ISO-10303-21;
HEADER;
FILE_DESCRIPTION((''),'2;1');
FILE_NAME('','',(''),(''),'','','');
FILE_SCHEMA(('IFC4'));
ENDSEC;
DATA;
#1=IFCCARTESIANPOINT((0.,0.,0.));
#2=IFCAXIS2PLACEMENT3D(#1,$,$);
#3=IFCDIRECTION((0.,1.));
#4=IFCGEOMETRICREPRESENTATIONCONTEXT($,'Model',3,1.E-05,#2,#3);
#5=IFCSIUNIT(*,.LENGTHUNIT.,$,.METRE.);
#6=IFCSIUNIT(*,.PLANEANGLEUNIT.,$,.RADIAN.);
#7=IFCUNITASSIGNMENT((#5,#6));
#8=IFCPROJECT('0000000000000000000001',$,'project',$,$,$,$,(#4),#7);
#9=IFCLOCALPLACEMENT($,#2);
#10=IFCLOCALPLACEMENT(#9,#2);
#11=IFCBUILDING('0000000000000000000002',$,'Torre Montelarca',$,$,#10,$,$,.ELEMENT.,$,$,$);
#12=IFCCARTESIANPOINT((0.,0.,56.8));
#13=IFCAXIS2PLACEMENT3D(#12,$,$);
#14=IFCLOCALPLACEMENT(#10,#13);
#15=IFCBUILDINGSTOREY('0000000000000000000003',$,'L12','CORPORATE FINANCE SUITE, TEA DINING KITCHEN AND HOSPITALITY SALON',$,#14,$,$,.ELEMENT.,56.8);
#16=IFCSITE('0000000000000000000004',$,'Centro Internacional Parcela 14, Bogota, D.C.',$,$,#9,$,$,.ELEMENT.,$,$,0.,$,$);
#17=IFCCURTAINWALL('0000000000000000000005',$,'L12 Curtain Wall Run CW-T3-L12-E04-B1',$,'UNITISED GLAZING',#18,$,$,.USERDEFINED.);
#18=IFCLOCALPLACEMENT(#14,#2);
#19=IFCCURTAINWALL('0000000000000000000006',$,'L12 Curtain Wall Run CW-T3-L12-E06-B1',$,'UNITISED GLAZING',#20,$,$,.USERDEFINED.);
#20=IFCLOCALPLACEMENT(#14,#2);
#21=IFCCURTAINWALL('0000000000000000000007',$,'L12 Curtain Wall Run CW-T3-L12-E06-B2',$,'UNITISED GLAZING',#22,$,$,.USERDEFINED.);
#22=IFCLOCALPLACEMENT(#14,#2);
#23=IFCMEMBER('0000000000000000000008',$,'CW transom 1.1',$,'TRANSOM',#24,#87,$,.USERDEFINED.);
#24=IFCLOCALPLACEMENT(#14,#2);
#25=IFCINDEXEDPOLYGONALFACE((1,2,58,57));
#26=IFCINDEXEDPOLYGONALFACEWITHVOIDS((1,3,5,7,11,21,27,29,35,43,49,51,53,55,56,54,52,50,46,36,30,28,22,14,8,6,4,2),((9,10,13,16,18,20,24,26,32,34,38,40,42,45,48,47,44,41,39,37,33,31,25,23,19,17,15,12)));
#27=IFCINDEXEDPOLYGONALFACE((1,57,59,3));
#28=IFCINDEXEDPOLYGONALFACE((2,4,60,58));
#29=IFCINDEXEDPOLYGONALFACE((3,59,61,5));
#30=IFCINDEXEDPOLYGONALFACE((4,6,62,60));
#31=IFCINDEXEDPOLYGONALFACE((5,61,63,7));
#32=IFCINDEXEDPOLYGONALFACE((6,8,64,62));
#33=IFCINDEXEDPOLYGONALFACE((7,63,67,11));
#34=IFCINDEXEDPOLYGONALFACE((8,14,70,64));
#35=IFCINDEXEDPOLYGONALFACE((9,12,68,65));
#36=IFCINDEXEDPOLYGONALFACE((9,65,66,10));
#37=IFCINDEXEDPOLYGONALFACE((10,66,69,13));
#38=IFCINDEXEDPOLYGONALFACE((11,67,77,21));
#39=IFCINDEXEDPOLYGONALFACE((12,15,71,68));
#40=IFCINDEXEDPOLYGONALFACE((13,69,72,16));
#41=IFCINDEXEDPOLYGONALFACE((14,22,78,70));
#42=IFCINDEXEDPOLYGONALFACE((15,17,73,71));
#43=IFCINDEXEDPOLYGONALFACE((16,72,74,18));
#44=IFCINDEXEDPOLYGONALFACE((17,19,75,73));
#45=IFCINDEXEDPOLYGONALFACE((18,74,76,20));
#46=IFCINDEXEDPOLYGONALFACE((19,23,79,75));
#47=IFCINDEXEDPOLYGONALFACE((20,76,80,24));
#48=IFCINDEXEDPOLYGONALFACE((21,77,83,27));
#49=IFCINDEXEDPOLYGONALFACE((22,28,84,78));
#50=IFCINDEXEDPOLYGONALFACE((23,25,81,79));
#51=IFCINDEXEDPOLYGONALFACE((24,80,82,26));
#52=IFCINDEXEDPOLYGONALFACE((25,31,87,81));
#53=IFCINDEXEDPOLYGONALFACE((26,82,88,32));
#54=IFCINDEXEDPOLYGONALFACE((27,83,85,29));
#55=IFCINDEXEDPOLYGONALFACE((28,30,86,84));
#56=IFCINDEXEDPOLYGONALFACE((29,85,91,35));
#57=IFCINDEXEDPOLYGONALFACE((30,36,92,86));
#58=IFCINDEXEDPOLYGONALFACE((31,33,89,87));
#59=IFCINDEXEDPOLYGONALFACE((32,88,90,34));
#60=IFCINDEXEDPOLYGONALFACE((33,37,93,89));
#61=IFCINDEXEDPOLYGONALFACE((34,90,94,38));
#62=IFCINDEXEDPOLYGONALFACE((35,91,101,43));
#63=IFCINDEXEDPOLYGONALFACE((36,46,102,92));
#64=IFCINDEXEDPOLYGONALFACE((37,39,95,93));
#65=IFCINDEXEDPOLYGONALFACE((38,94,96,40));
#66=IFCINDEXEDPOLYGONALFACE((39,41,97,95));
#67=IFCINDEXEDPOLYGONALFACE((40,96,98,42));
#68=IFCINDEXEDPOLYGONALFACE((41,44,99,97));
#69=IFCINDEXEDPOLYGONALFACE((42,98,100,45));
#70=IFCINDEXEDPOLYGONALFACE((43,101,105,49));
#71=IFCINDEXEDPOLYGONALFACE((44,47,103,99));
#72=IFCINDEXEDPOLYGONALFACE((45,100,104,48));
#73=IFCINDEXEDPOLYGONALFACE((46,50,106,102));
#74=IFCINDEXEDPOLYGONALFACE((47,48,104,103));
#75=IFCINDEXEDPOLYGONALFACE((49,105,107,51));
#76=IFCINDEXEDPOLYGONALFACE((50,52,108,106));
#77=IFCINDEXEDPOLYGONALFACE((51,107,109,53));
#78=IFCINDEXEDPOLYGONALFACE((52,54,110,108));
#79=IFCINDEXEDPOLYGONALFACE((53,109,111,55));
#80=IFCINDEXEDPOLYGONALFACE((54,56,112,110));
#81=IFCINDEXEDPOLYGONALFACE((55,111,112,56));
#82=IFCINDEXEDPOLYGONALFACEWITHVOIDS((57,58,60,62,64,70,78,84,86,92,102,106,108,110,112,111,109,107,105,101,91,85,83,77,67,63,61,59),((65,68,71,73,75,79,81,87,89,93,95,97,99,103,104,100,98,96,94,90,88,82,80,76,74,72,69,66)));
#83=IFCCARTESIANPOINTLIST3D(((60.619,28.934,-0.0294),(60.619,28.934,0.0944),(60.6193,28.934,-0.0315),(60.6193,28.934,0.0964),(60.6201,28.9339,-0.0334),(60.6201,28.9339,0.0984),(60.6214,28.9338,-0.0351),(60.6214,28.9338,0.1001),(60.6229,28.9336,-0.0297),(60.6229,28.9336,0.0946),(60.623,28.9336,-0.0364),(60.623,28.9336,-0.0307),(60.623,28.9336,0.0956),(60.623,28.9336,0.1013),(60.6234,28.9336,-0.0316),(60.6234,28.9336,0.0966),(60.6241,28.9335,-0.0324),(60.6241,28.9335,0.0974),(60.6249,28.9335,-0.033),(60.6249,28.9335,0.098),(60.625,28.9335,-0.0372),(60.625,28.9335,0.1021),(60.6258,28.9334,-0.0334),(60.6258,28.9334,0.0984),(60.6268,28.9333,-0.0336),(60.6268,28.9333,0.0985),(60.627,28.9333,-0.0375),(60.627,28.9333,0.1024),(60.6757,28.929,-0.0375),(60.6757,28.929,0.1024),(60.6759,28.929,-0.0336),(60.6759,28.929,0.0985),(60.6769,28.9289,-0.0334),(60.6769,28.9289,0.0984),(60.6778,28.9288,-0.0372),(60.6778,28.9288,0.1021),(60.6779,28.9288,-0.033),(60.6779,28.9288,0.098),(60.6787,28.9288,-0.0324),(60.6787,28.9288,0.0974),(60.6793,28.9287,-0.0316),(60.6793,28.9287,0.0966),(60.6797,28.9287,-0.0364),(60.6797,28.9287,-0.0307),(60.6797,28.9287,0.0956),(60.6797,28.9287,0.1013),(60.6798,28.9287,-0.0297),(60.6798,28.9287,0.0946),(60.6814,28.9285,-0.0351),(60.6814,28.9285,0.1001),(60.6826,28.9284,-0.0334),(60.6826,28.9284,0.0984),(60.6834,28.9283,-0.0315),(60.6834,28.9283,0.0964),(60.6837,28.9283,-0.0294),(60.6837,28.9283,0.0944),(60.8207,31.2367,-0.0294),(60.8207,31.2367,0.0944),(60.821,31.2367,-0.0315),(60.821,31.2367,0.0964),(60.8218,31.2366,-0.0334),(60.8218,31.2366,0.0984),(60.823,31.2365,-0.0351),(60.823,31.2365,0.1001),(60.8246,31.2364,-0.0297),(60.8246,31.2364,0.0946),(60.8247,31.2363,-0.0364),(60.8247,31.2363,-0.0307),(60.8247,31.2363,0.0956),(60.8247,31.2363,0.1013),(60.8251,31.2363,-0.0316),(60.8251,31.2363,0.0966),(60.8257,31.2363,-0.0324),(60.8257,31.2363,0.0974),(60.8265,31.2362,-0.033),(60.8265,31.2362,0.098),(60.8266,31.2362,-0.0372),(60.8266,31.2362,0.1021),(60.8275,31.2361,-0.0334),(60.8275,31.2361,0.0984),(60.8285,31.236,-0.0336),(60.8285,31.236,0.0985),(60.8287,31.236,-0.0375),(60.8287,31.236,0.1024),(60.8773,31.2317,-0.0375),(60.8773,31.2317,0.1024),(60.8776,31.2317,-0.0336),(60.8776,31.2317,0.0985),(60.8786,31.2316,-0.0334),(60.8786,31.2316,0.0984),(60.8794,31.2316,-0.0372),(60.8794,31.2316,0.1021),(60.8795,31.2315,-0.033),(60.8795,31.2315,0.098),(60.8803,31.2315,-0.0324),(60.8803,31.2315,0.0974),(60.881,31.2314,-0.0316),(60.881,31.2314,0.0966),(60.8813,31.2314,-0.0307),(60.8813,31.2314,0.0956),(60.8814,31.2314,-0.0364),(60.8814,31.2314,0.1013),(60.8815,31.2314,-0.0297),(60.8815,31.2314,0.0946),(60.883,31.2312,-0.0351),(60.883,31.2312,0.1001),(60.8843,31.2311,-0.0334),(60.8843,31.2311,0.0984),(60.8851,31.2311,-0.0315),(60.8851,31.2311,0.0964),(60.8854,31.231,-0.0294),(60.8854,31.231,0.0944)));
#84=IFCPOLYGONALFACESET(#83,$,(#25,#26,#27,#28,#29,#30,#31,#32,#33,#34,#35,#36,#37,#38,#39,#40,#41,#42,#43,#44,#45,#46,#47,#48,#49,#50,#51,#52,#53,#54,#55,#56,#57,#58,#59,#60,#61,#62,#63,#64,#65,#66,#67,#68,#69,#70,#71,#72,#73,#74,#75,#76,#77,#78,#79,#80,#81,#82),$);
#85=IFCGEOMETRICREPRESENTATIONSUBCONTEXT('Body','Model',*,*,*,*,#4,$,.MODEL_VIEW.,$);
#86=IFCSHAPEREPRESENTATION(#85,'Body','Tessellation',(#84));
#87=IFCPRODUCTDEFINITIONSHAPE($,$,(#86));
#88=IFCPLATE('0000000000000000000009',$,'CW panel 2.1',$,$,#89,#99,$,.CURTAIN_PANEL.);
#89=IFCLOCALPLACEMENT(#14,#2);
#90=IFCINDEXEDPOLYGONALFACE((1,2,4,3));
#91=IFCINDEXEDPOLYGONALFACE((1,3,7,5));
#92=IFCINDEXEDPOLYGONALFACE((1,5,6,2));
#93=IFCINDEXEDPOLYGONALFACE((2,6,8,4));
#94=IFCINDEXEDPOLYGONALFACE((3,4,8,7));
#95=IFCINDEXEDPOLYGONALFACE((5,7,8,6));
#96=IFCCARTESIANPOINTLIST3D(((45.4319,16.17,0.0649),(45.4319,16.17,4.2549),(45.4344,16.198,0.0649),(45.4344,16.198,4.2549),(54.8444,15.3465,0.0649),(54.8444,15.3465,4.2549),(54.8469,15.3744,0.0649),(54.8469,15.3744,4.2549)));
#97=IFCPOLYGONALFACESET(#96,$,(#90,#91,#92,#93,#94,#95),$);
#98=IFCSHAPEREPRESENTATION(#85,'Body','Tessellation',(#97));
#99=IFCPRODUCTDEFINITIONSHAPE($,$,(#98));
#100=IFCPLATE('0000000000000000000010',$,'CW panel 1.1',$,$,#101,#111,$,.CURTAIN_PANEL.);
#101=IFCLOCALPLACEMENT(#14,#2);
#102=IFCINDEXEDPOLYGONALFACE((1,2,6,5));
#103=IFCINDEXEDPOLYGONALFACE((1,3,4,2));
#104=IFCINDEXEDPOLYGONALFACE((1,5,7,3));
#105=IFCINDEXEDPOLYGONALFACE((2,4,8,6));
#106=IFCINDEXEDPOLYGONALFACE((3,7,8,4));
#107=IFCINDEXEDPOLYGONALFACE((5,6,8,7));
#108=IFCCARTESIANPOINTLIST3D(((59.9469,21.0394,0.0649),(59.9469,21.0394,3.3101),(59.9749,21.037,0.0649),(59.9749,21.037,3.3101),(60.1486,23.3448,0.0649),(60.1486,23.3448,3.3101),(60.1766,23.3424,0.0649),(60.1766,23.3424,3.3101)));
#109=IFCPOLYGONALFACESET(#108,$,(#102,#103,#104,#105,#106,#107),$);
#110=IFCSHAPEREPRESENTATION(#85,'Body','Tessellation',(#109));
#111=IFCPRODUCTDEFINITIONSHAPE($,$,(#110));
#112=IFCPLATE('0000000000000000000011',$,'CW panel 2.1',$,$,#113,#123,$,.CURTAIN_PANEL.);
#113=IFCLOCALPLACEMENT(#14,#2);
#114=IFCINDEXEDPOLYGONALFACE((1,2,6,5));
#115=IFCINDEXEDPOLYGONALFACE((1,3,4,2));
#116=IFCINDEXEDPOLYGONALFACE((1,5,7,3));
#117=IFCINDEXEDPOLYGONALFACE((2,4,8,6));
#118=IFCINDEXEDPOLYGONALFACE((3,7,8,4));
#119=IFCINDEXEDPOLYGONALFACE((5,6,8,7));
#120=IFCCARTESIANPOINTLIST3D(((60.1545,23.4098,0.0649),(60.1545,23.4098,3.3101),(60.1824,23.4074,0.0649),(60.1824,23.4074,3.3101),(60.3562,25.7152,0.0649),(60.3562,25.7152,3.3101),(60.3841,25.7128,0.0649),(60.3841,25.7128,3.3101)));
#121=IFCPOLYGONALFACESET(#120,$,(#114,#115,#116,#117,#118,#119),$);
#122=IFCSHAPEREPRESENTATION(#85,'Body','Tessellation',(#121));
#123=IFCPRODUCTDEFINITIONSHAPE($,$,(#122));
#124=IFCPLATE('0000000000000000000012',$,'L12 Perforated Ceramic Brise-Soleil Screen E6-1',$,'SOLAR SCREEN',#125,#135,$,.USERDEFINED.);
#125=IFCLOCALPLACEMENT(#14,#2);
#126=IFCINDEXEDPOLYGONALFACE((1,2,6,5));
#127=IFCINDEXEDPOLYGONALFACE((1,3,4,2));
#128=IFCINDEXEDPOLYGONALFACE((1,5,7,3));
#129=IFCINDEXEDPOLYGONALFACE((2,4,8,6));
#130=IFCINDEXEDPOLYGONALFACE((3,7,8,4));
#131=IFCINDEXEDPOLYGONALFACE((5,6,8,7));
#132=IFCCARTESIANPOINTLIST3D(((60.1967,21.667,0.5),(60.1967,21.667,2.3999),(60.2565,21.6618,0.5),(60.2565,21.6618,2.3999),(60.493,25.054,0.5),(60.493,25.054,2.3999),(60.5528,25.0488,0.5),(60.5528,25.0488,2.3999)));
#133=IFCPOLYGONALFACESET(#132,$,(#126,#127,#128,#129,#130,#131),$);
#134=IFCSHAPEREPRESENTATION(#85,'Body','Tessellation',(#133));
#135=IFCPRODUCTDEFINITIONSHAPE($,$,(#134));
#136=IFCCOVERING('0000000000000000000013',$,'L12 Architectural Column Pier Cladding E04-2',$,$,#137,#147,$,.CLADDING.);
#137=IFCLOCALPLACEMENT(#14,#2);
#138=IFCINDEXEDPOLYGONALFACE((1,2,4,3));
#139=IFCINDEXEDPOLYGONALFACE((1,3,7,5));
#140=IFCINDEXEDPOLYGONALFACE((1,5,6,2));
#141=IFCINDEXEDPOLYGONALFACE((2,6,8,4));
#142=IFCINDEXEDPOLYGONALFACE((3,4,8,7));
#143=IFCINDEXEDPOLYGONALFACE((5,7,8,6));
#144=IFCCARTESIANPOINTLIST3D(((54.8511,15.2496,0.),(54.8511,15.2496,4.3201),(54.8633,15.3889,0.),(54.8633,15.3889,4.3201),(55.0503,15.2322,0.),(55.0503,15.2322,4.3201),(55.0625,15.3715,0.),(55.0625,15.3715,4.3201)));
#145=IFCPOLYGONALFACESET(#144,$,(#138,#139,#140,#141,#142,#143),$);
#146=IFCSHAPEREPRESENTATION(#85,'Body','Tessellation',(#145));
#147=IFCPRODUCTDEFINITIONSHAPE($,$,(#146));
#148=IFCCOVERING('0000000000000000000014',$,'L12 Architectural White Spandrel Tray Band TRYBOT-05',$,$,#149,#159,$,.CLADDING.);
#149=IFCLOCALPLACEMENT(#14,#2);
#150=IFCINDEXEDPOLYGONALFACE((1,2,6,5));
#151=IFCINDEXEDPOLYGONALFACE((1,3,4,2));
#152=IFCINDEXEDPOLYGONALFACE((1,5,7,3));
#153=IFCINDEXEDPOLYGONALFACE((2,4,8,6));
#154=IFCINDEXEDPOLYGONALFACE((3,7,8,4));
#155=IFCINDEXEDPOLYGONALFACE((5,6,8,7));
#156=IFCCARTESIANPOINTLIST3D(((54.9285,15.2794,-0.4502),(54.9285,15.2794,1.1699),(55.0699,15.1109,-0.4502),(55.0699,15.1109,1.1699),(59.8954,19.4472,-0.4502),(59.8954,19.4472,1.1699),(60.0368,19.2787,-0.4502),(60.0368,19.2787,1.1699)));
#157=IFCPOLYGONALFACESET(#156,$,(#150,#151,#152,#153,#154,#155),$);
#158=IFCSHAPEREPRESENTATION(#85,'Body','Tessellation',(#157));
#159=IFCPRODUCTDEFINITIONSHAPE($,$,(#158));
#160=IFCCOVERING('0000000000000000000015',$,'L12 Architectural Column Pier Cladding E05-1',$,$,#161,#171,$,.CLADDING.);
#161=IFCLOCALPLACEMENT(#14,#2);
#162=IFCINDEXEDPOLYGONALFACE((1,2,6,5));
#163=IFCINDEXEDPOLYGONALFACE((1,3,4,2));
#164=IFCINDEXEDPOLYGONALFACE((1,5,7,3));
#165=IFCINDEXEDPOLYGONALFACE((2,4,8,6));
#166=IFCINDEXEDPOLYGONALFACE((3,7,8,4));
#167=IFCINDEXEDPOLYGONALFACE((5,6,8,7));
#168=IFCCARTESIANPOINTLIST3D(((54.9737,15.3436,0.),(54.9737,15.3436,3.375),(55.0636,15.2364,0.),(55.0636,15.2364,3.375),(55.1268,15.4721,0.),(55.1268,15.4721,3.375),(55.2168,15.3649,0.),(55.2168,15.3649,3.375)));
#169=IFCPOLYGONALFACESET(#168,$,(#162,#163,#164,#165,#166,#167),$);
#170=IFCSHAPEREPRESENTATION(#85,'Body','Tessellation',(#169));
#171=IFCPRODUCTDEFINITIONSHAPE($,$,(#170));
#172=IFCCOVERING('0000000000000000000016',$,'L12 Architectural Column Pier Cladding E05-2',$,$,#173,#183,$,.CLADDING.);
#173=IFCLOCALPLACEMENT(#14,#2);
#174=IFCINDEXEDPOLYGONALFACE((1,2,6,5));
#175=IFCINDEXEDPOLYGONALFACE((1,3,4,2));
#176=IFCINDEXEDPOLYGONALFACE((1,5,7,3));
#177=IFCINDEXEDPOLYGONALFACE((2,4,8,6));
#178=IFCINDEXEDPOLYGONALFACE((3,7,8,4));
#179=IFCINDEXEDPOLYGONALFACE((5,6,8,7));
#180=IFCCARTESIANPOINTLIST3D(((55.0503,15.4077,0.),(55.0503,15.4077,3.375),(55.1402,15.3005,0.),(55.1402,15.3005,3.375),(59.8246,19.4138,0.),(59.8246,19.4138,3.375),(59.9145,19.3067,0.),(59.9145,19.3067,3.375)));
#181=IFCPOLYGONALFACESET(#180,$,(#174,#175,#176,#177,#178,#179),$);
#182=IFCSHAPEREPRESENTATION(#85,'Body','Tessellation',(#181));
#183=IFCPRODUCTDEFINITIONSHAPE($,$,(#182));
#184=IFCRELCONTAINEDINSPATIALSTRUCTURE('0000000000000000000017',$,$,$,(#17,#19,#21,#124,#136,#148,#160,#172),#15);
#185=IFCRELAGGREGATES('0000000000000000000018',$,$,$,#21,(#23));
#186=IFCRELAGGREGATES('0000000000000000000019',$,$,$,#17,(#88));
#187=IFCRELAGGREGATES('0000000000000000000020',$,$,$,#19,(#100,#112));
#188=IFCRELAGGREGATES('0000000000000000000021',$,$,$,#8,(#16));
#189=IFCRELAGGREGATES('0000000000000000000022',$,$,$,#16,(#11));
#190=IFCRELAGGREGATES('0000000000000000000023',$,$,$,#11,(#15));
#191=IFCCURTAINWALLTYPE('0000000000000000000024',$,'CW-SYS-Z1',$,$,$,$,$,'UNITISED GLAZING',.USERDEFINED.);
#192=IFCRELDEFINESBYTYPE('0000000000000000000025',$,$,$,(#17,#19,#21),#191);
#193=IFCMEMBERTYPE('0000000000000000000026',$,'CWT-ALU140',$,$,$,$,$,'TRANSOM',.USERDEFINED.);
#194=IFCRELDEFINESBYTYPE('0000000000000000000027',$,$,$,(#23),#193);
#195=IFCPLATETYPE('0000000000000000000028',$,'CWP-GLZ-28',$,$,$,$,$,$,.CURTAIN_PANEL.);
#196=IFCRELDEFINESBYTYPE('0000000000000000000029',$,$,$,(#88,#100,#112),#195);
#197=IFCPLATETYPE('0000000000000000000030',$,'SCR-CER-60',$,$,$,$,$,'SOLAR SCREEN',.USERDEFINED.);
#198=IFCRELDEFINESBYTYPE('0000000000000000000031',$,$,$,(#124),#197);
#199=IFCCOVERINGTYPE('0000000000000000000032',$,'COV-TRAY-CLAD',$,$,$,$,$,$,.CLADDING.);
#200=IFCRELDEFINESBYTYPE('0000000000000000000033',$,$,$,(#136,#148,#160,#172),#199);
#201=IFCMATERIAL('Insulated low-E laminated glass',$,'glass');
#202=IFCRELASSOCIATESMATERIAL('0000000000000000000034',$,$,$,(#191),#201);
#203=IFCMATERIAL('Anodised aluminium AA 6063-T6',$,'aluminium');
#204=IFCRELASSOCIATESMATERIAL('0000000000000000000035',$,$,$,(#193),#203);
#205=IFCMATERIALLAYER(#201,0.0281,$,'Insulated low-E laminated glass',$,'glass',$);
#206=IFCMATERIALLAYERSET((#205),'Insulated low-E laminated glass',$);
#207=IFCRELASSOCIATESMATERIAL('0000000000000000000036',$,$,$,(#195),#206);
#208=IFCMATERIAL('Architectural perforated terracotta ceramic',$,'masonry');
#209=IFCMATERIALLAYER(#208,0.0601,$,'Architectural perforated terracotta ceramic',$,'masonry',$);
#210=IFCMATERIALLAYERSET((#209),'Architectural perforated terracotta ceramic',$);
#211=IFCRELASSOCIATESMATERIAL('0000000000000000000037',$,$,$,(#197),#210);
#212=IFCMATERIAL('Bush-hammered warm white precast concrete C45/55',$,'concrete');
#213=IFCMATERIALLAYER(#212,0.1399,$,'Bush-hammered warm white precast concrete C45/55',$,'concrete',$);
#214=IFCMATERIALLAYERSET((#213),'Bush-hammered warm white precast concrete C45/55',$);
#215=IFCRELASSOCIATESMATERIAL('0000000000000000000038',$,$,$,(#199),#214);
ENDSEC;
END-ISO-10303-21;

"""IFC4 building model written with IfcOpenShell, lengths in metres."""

from ifc_helpers import new_model, si_unit, direction, frame, origin, origin_2d, place, context, subcontext, project, spatial, rectangle, hollow_rectangle, extrude, source, transform, mapped, material, layer, layer_set, material_profile, profile_set, type_object, element, aggregate, save


model = new_model("IFC4")

# Units and contexts
model_context = context("Model", 3, precision=1e-05, world=origin(), true_north=direction((0.0, 1.0)))
body_context = subcontext(model_context, "Body", "Model", "MODEL_VIEW")
ifc_project = project(units=[si_unit("LENGTHUNIT", "METRE"), si_unit("PLANEANGLEUNIT", "RADIAN")], contexts=[model_context])

# Site, building, storey
site_placement = place(None, origin())
site = spatial("IfcSite", under=ifc_project, at=site_placement, Name="Centro Internacional Parcela 14, Bogota, D.C.", CompositionType="ELEMENT", RefElevation=0.0)
building_placement = place(site_placement, origin())
building = spatial("IfcBuilding", under=site, at=building_placement, Name="Torre Montelarca", CompositionType="ELEMENT")
storey_placement = place(building_placement, frame((0.0, 0.0, 56.8)))
storey = spatial("IfcBuildingStorey", under=building, at=storey_placement, Name="L12", Description="CORPORATE FINANCE SUITE, TEA DINING KITCHEN AND HOSPITALITY SALON", CompositionType="ELEMENT", Elevation=56.8)

# Curtain wall
ifc_material_1 = material(Name="Insulated low-E laminated glass", Category="glass")
curtain_wall_type = type_object("IfcCurtainWallType", Name="CW-SYS-Z1", ElementType="UNITISED GLAZING", PredefinedType="USERDEFINED", material=ifc_material_1)
curtain_wall_1_placement = place(storey_placement, origin())
curtain_wall_1 = element("IfcCurtainWall", 1, at=curtain_wall_1_placement, inside=storey, type_object=curtain_wall_type, Name="L12 Curtain Wall Run CW-T3-L12-E04-B1", ObjectType="UNITISED GLAZING", PredefinedType="USERDEFINED")
ifc_material_2 = material(Name="Anodised aluminium AA 6063-T6", Category="aluminium")

# Curtain wall
curtain_wall_2_placement = place(storey_placement, origin())
curtain_wall_2 = element("IfcCurtainWall", 2, at=curtain_wall_2_placement, inside=storey, type_object=curtain_wall_type, Name="L12 Curtain Wall Run CW-T3-L12-E06-B1", ObjectType="UNITISED GLAZING", PredefinedType="USERDEFINED")

# Curtain wall
curtain_wall_3_placement = place(storey_placement, origin())
curtain_wall_3 = element("IfcCurtainWall", 3, at=curtain_wall_3_placement, inside=storey, type_object=curtain_wall_type, Name="L12 Curtain Wall Run CW-T3-L12-E06-B2", ObjectType="UNITISED GLAZING", PredefinedType="USERDEFINED")

# Member
ifc_material_profile_1 = material_profile(ifc_material_2, hollow_rectangle(XDim=0.0649, YDim=0.1399, WallThickness=0.0039, InnerFilletRadius=0.0039, OuterFilletRadius=0.0081, at=origin_2d()), Name="ALU65X140X4", Category="aluminium")
ifc_profile_set_1 = profile_set([ifc_material_profile_1], Name="Anodised aluminium AA 6063-T6")
member_type_1 = type_object("IfcMemberType", Name="CWT-ALU140", ElementType="TRANSOM", PredefinedType="USERDEFINED", material=ifc_profile_set_1)
shared_shape_1 = source(origin(), body_context, "Body", "SweptSolid", [
    extrude(hollow_rectangle(XDim=0.0649, YDim=0.1399, WallThickness=0.0039, InnerFilletRadius=0.0039, OuterFilletRadius=0.0081, at=origin_2d()), origin(), (0.0, 0.0, 1.0), 2.3115),
])
member_1_placement = place(storey_placement, frame((60.6514, 28.9312, 0.0325), z_axis=(0.08724, 0.996187, 0.0), x_axis=(-0.996187, 0.08724, 0.0)))
member_1 = element("IfcMember", 4, at=member_1_placement, type_object=member_type_1, Name="CW transom 1.1", ObjectType="TRANSOM", PredefinedType="USERDEFINED", context=body_context, shape_type="MappedRepresentation", body=[
    mapped(shared_shape_1, transform((0.0, 0.0, 0.0), scale=1.0)),
])
aggregate(curtain_wall_3, [member_1])

# Plates
ifc_layer_1 = layer(ifc_material_1, 0.0281, Name="Insulated low-E laminated glass", Category="glass")
ifc_layer_set_1 = layer_set([ifc_layer_1], Name="Insulated low-E laminated glass")
plate_type_1 = type_object("IfcPlateType", Name="CWP-GLZ-28", PredefinedType="CURTAIN_PANEL", material=ifc_layer_set_1)
shared_shape_2 = source(origin(), body_context, "Body", "SweptSolid", [
    extrude(rectangle(XDim=9.4485, YDim=0.0281, at=origin_2d()), origin(), (0.0, 0.0, 1.0), 4.1899),
])
plate_1_placement = place(storey_placement, frame((50.1394, 15.7722, 0.0649), z_axis=(0.0, 0.0, 1.0), x_axis=(0.996194, -0.087162, 0.0)))
plate_1 = element("IfcPlate", 5, at=plate_1_placement, type_object=plate_type_1, Name="CW panel 2.1", PredefinedType="CURTAIN_PANEL", context=body_context, shape_type="MappedRepresentation", body=[
    mapped(shared_shape_2, transform((0.0, 0.0, 0.0), scale=1.0)),
])
aggregate(curtain_wall_1, [plate_1])
shared_shape_3 = source(origin(), body_context, "Body", "SweptSolid", [
    extrude(rectangle(XDim=2.3142, YDim=0.0281, at=origin_2d()), origin(), (0.0, 0.0, 1.0), 3.2451),
])
plate_2_placement = place(storey_placement, frame((60.0618, 22.1909, 0.0649), z_axis=(0.0, 0.0, 1.0), x_axis=(0.087156, 0.996195, 0.0)))
plate_2 = element("IfcPlate", 6, at=plate_2_placement, type_object=plate_type_1, Name="CW panel 1.1", PredefinedType="CURTAIN_PANEL", context=body_context, shape_type="MappedRepresentation", body=[
    mapped(shared_shape_3, transform((0.0, 0.0, 0.0), scale=1.0)),
])
plate_3_placement = place(storey_placement, frame((60.2693, 24.5613, 0.0649), z_axis=(0.0, 0.0, 1.0), x_axis=(0.087156, 0.996195, 0.0)))
plate_3 = element("IfcPlate", 7, at=plate_3_placement, type_object=plate_type_1, Name="CW panel 2.1", PredefinedType="CURTAIN_PANEL", context=body_context, shape_type="MappedRepresentation", body=[
    mapped(shared_shape_3, transform((0.0, 0.0, 0.0), scale=1.0)),
])
aggregate(curtain_wall_2, [plate_2, plate_3])
ifc_material_3 = material(Name="Architectural perforated terracotta ceramic", Category="masonry")
ifc_layer_2 = layer(ifc_material_3, 0.0601, Name="Architectural perforated terracotta ceramic", Category="masonry")
ifc_layer_set_2 = layer_set([ifc_layer_2], Name="Architectural perforated terracotta ceramic")
plate_type_2 = type_object("IfcPlateType", Name="SCR-CER-60", ElementType="SOLAR SCREEN", PredefinedType="USERDEFINED", material=ifc_layer_set_2)
shared_shape_4 = source(origin(), body_context, "Body", "SweptSolid", [
    extrude(rectangle(XDim=3.3999, YDim=0.0601, at=origin_2d()), origin(), (0.0, 0.0, 1.0), 1.8999),
])
plate_4_placement = place(storey_placement, frame((60.3748, 23.3579, 0.5), z_axis=(0.0, 0.0, 1.0), x_axis=(0.087157, 0.996195, 0.0)))
element("IfcPlate", 8, at=plate_4_placement, inside=storey, type_object=plate_type_2, Name="L12 Perforated Ceramic Brise-Soleil Screen E6-1", ObjectType="SOLAR SCREEN", PredefinedType="USERDEFINED", context=body_context, shape_type="MappedRepresentation", body=[
    mapped(shared_shape_4, transform((0.0, 0.0, 0.0), scale=1.0)),
])

# Coverings
ifc_material_4 = material(Name="Bush-hammered warm white precast concrete C45/55", Category="concrete")
ifc_layer_3 = layer(ifc_material_4, 0.1399, Name="Bush-hammered warm white precast concrete C45/55", Category="concrete")
ifc_layer_set_3 = layer_set([ifc_layer_3], Name="Bush-hammered warm white precast concrete C45/55")
covering_type = type_object("IfcCoveringType", Name="COV-TRAY-CLAD", PredefinedType="CLADDING", material=ifc_layer_set_3)
shared_shape_5 = source(origin(), body_context, "Body", "SweptSolid", [
    extrude(rectangle(XDim=0.2, YDim=0.1399, at=origin_2d()), origin(), (0.0, 0.0, 1.0), 4.3201),
])
covering_1_placement = place(storey_placement, frame((54.9568, 15.3105, 0.0), z_axis=(0.0, 0.0, 1.0), x_axis=(0.996194, -0.087161, 0.0)))
element("IfcCovering", 9, at=covering_1_placement, inside=storey, type_object=covering_type, Name="L12 Architectural Column Pier Cladding E04-2", PredefinedType="CLADDING", context=body_context, shape_type="MappedRepresentation", body=[
    mapped(shared_shape_5, transform((0.0, 0.0, 0.0), scale=1.0)),
])
shared_shape_6 = source(origin(), body_context, "Body", "SweptSolid", [
    extrude(rectangle(XDim=6.4839, YDim=0.22, at=origin_2d()), origin(), (0.0, 0.0, 1.0), 1.6201),
])
covering_2_placement = place(storey_placement, frame((57.4827, 17.2791, -0.4502), z_axis=(0.0, 0.0, 1.0), x_axis=(0.766044, 0.642788, 0.0)))
element("IfcCovering", 10, at=covering_2_placement, inside=storey, type_object=covering_type, Name="L12 Architectural White Spandrel Tray Band TRYBOT-05", PredefinedType="CLADDING", context=body_context, shape_type="MappedRepresentation", body=[
    mapped(shared_shape_6, transform((0.0, 0.0, 0.0), scale=1.0)),
])
shared_shape_7 = source(origin(), body_context, "Body", "SweptSolid", [
    extrude(rectangle(XDim=0.2, YDim=0.1399, at=origin_2d()), origin(), (0.0, 0.0, 1.0), 3.375),
])
covering_3_placement = place(storey_placement, frame((55.0952, 15.3542, 0.0), z_axis=(0.0, 0.0, 1.0), x_axis=(0.766039, 0.642794, 0.0)))
element("IfcCovering", 11, at=covering_3_placement, inside=storey, type_object=covering_type, Name="L12 Architectural Column Pier Cladding E05-1", PredefinedType="CLADDING", context=body_context, shape_type="MappedRepresentation", body=[
    mapped(shared_shape_7, transform((0.0, 0.0, 0.0), scale=1.0)),
])
shared_shape_8 = source(origin(), body_context, "Body", "SweptSolid", [
    extrude(rectangle(XDim=6.2324, YDim=0.1399, at=origin_2d()), origin(), (0.0, 0.0, 1.0), 3.375),
])
covering_4_placement = place(storey_placement, frame((57.4824, 17.3572, 0.0), z_axis=(0.0, 0.0, 1.0), x_axis=(0.766039, 0.642794, 0.0)))
element("IfcCovering", 12, at=covering_4_placement, inside=storey, type_object=covering_type, Name="L12 Architectural Column Pier Cladding E05-2", PredefinedType="CLADDING", context=body_context, shape_type="MappedRepresentation", body=[
    mapped(shared_shape_8, transform((0.0, 0.0, 0.0), scale=1.0)),
])

save(model, "model.ifc")
